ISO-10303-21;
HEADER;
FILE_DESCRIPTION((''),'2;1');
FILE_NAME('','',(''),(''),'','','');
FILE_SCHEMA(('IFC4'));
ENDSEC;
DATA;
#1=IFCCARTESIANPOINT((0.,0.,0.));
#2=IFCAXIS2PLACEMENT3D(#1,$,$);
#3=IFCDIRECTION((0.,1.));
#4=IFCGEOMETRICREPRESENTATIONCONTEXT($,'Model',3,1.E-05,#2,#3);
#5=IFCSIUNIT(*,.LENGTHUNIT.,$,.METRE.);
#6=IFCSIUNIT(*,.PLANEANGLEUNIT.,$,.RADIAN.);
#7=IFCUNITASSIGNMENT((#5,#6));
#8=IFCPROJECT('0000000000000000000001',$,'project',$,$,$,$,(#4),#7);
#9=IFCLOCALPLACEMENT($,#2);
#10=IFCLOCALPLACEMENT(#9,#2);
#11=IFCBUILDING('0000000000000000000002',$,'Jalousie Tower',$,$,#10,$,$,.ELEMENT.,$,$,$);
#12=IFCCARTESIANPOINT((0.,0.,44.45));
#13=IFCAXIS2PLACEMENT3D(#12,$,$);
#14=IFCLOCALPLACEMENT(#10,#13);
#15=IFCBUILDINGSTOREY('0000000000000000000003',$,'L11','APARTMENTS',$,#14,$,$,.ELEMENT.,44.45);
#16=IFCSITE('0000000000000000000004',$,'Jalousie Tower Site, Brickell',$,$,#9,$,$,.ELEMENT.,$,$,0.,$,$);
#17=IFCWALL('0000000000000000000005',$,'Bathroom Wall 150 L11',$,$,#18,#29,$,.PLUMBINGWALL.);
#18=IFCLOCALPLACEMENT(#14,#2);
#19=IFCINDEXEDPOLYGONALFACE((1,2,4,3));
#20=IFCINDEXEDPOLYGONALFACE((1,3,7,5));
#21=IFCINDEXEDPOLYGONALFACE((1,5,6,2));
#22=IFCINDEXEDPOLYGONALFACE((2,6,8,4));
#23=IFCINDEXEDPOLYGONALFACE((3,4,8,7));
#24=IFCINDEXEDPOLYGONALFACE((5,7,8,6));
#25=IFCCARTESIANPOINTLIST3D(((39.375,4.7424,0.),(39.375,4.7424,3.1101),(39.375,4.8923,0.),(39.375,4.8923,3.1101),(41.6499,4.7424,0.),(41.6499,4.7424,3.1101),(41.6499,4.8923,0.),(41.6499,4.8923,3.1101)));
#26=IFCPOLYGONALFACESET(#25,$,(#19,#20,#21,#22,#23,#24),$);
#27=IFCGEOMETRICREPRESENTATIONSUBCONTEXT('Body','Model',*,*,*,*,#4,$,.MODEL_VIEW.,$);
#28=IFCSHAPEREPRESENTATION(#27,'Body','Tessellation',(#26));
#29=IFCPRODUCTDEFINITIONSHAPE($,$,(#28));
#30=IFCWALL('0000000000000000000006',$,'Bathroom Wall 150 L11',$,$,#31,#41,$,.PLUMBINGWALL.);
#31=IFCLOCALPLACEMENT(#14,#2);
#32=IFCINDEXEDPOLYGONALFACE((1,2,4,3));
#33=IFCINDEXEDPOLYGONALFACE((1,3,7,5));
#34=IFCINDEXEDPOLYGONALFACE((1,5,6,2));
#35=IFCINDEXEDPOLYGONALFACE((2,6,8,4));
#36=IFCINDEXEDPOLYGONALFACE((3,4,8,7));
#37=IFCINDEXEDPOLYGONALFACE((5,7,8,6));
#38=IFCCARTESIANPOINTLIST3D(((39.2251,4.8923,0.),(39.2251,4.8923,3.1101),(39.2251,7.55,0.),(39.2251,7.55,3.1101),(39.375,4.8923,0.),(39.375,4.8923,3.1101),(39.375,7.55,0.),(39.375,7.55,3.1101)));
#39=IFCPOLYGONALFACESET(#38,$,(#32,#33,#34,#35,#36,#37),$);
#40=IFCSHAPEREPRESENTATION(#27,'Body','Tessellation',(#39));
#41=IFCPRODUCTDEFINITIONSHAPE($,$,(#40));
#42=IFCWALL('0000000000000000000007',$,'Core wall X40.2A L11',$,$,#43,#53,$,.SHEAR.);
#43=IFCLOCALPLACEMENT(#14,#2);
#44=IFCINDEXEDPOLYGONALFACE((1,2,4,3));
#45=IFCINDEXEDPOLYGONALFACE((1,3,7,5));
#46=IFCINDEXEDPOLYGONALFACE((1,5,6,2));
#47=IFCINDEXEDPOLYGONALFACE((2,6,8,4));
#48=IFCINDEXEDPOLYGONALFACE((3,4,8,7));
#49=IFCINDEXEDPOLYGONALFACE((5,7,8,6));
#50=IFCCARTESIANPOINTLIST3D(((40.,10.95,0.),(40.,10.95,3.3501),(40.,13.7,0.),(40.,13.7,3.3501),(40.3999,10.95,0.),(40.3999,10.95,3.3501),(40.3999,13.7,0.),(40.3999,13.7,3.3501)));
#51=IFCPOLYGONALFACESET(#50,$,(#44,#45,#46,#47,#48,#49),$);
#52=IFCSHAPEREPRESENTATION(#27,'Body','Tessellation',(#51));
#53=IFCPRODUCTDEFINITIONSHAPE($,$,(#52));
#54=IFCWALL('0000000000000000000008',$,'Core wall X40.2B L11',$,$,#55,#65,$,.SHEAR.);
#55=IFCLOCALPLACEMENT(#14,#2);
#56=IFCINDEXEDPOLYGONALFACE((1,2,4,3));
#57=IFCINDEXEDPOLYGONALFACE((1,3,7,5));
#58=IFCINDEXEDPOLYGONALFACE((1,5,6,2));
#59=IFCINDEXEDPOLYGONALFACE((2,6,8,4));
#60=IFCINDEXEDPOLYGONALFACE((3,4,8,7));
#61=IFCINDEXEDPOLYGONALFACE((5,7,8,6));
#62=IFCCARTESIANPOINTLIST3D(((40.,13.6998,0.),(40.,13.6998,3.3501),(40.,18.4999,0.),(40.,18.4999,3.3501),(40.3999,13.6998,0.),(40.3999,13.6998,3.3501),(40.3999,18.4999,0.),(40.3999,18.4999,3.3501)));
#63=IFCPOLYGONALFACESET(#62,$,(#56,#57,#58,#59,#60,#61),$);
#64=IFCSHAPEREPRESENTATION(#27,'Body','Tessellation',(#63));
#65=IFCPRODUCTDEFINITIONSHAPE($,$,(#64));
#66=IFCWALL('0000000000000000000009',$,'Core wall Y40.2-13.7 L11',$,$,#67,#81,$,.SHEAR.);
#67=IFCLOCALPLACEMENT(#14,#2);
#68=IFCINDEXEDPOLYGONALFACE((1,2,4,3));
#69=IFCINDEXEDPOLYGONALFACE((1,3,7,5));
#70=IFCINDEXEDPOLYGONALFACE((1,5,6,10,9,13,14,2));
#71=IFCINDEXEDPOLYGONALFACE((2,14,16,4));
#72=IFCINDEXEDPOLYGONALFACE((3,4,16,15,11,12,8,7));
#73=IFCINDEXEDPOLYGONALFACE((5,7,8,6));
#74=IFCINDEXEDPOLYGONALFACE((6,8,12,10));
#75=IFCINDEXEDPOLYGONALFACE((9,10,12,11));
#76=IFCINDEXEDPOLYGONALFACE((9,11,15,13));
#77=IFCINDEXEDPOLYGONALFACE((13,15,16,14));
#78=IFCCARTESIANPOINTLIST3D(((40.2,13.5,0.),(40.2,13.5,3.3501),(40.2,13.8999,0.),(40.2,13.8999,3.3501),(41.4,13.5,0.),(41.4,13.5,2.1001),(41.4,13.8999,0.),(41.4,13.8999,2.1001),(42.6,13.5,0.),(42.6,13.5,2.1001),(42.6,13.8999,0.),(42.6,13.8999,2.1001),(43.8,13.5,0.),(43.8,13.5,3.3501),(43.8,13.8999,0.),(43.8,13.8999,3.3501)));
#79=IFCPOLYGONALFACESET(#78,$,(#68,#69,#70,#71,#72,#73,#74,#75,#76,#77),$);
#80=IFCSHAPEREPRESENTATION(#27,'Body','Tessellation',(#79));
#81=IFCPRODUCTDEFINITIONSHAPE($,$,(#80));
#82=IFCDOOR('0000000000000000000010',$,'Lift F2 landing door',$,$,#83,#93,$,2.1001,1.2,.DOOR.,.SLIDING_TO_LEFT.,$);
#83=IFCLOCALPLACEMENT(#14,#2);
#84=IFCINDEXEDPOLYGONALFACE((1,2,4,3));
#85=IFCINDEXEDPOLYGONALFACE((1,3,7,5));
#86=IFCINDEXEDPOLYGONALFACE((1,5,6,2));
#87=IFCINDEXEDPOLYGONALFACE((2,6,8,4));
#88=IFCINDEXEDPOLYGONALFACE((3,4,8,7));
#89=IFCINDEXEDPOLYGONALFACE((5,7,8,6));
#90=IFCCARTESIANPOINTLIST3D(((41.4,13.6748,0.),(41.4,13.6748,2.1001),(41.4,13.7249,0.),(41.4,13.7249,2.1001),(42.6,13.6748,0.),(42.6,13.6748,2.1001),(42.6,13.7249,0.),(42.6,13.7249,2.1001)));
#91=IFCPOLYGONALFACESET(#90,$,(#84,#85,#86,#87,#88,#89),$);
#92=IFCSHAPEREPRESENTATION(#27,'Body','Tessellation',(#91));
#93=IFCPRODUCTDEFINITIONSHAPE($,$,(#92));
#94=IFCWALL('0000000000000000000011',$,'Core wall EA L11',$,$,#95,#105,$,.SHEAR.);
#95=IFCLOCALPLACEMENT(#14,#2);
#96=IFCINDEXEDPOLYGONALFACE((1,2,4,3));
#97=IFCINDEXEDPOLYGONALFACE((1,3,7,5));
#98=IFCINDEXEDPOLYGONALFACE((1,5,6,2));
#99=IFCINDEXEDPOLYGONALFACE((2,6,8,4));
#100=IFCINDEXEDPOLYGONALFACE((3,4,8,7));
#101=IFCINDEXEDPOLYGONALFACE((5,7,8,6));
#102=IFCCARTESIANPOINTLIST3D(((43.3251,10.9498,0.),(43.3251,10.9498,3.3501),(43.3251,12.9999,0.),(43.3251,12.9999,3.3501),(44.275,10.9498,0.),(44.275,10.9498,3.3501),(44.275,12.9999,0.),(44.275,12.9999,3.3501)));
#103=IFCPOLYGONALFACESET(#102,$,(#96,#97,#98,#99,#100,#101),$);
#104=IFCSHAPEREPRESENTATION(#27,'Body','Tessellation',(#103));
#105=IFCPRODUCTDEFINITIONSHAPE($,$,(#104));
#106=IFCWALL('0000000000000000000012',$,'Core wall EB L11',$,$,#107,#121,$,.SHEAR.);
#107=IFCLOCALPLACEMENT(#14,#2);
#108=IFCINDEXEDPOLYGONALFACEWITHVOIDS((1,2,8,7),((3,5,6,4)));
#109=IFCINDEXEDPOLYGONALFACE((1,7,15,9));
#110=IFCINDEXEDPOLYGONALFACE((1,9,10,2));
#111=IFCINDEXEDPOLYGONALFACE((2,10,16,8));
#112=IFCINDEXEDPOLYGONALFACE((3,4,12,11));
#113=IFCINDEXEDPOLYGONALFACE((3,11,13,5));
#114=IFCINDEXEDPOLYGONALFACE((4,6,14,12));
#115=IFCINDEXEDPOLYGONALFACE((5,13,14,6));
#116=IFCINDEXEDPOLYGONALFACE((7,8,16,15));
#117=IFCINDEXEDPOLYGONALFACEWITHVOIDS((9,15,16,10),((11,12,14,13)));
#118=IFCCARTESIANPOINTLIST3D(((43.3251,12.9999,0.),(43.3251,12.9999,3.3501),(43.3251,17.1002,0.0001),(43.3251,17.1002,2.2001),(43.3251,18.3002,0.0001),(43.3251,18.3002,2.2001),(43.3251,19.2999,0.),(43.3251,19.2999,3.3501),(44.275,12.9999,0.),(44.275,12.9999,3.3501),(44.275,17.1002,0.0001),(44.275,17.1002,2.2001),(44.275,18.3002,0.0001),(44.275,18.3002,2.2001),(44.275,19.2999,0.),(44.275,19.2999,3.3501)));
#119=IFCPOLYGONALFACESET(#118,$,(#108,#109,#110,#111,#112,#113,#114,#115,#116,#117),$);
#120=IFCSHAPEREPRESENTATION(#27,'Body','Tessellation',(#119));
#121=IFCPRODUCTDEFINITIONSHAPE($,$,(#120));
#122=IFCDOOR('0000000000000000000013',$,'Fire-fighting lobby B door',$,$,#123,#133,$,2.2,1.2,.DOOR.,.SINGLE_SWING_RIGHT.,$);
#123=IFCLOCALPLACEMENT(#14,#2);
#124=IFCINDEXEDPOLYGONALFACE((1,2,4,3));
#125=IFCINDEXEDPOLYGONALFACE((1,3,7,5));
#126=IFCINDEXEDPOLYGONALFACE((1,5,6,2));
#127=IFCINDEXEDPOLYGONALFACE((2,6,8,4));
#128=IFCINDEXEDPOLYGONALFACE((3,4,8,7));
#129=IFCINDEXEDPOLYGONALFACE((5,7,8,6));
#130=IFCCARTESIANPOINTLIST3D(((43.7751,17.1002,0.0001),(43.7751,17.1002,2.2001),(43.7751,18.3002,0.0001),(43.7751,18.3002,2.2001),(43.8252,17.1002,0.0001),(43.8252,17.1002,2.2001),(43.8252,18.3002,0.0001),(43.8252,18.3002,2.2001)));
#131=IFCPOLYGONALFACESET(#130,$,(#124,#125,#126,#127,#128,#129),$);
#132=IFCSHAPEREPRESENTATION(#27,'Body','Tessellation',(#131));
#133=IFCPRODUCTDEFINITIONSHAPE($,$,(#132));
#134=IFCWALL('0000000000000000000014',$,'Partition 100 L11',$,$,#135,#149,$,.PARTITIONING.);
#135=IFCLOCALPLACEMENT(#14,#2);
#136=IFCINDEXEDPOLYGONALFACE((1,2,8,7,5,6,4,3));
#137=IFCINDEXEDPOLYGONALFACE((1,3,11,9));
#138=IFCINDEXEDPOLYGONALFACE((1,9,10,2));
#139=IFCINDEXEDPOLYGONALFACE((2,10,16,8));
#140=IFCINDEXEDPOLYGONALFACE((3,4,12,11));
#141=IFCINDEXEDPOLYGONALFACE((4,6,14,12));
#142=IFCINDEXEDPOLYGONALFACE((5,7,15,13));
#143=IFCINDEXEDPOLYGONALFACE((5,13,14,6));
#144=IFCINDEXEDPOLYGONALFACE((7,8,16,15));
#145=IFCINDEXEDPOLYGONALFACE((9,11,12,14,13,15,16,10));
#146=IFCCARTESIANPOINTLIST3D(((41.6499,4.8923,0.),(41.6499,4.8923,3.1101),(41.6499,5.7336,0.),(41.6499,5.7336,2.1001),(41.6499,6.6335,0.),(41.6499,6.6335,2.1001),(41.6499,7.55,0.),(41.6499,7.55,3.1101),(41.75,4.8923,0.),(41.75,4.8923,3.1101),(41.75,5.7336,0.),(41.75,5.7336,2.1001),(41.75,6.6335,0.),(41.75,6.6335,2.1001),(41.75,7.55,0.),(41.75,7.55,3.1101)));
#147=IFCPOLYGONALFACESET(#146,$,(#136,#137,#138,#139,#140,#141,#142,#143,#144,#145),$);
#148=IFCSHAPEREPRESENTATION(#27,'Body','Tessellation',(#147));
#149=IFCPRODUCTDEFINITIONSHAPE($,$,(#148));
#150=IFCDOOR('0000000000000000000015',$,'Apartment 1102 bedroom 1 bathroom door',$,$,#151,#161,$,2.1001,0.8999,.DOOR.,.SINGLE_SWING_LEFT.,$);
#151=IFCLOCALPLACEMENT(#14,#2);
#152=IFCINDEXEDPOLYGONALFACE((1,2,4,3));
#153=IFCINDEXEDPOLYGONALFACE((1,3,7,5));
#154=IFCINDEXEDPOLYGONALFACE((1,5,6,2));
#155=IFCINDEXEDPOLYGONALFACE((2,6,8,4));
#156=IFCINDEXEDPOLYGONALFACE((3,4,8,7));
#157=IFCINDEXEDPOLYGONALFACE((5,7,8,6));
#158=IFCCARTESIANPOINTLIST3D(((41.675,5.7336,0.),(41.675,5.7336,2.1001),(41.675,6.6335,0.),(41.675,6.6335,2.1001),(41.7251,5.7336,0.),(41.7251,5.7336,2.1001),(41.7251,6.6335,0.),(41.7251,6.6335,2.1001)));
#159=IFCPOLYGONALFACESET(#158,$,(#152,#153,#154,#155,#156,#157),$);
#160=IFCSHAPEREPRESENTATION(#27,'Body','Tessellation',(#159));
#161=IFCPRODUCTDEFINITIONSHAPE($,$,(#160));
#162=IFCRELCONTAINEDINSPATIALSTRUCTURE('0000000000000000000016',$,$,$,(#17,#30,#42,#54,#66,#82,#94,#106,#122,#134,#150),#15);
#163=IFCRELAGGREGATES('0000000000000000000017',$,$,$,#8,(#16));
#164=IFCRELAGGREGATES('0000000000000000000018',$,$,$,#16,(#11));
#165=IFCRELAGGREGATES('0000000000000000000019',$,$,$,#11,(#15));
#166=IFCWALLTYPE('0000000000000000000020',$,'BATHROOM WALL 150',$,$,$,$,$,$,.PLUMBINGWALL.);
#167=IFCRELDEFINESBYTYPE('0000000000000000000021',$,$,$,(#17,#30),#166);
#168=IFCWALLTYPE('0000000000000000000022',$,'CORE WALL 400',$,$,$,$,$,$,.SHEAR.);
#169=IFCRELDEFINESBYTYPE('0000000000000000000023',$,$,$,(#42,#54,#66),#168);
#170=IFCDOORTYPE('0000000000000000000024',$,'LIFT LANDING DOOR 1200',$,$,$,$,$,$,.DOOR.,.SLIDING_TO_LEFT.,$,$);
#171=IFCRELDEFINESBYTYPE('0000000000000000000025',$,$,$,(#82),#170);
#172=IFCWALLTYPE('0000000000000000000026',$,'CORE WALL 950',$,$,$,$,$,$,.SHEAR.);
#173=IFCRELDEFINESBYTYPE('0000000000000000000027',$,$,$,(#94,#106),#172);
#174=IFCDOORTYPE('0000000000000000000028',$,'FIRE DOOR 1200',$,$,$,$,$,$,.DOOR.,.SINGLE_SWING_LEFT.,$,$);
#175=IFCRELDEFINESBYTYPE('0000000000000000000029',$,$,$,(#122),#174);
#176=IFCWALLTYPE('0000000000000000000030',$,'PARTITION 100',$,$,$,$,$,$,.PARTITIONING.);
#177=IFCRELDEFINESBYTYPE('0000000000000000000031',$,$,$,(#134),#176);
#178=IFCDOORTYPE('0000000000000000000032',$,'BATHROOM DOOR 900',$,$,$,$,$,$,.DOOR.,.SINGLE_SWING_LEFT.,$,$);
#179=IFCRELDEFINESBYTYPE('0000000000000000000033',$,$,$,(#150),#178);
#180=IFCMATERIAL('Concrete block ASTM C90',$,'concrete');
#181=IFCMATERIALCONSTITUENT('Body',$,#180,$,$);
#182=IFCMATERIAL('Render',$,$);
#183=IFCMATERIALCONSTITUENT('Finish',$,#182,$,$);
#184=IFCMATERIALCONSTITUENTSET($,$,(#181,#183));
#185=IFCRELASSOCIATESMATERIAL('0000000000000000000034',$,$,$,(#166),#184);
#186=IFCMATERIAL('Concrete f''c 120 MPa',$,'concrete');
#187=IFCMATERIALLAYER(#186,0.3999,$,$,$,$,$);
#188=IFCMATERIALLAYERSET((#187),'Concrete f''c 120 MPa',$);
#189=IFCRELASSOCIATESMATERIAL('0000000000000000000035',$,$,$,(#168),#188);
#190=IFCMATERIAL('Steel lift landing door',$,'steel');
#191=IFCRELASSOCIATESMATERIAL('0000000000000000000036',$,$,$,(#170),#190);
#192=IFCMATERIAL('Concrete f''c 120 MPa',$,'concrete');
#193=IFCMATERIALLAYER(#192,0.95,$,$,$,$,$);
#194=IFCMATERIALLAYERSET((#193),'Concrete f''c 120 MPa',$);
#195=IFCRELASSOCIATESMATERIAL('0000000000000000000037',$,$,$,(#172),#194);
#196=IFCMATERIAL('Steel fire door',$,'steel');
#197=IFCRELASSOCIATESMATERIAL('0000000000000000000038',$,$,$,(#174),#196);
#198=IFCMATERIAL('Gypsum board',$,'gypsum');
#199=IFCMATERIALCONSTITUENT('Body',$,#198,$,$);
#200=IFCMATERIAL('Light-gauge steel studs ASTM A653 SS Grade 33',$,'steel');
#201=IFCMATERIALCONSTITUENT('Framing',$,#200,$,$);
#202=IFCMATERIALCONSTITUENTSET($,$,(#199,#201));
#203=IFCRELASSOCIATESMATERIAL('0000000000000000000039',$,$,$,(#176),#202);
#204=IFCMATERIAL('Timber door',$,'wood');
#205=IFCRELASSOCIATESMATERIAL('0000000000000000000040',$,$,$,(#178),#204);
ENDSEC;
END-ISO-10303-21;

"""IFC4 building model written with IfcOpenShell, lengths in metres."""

from ifc_helpers import new_model, si_unit, direction, frame, frame_2d, origin, place, context, subcontext, project, spatial, rectangle, extrude, material, layer, layer_set, constituent, constituent_set, type_object, element, fill, save


model = new_model("IFC4")

# Units and contexts
model_context = context("Model", 3, precision=1e-05, world=origin(), true_north=direction((0.0, 1.0)))
body_context = subcontext(model_context, "Body", "Model", "MODEL_VIEW")
ifc_project = project(units=[si_unit("LENGTHUNIT", "METRE"), si_unit("PLANEANGLEUNIT", "RADIAN")], contexts=[model_context])

# Site, building, storey
site_placement = place(None, origin())
site = spatial("IfcSite", under=ifc_project, at=site_placement, Name="Jalousie Tower Site, Brickell", CompositionType="ELEMENT", RefElevation=0.0)
building_placement = place(site_placement, origin())
building = spatial("IfcBuilding", under=site, at=building_placement, Name="Jalousie Tower", CompositionType="ELEMENT")
storey_placement = place(building_placement, frame((0.0, 0.0, 44.45)))
storey = spatial("IfcBuildingStorey", under=building, at=storey_placement, Name="L11", Description="APARTMENTS", CompositionType="ELEMENT", Elevation=44.45)

# Walls
ifc_material_1 = material(Name="Concrete block ASTM C90", Category="concrete")
ifc_constituent_1 = constituent(ifc_material_1, Name="Body")
ifc_material_2 = material(Name="Render")
ifc_constituent_2 = constituent(ifc_material_2, Name="Finish")
ifc_constituent_set_1 = constituent_set(constituents=[ifc_constituent_1, ifc_constituent_2])
wall_type_1 = type_object("IfcWallType", Name="BATHROOM WALL 150", PredefinedType="PLUMBINGWALL", material=ifc_constituent_set_1)
wall_1_placement = place(storey_placement, frame((39.375, 4.8174, 0.0), z_axis=(0.0, 0.0, 1.0), x_axis=(1.0, 0.0, 0.0)))
element("IfcWall", 1, at=wall_1_placement, inside=storey, type_object=wall_type_1, Name="Bathroom Wall 150 L11", PredefinedType="PLUMBINGWALL", context=body_context, shape_type="SweptSolid", body=[
    extrude(rectangle(XDim=2.2749, YDim=0.1499, at=frame_2d((1.1375, 0.0))), origin(), (0.0, 0.0, 1.0), 3.1101),
])
wall_2_placement = place(storey_placement, frame((39.3, 4.8923, 0.0), z_axis=(0.0, 0.0, 1.0), x_axis=(0.0, 1.0, 0.0)))
element("IfcWall", 2, at=wall_2_placement, inside=storey, type_object=wall_type_1, Name="Bathroom Wall 150 L11", PredefinedType="PLUMBINGWALL", context=body_context, shape_type="SweptSolid", body=[
    extrude(rectangle(XDim=2.6577, YDim=0.1499, at=frame_2d((1.3289, 0.0))), origin(), (0.0, 0.0, 1.0), 3.1101),
])
ifc_material_3 = material(Name="Concrete f'c 120 MPa", Category="concrete")
ifc_layer_1 = layer(ifc_material_3, 0.3999)
ifc_layer_set_1 = layer_set([ifc_layer_1], Name="Concrete f'c 120 MPa")
wall_type_2 = type_object("IfcWallType", Name="CORE WALL 400", PredefinedType="SHEAR", material=ifc_layer_set_1)
wall_3_placement = place(storey_placement, frame((40.2, 10.95, 0.0), z_axis=(0.0, 0.0, 1.0), x_axis=(0.0, 1.0, 0.0)))
element("IfcWall", 3, at=wall_3_placement, inside=storey, type_object=wall_type_2, Name="Core wall X40.2A L11", PredefinedType="SHEAR", context=body_context, shape_type="SweptSolid", body=[
    extrude(rectangle(XDim=2.75, YDim=0.3999, at=frame_2d((1.375, 0.0))), origin(), (0.0, 0.0, 1.0), 3.3501),
])
wall_4_placement = place(storey_placement, frame((40.2, 13.7, 0.0), z_axis=(0.0, 0.0, 1.0), x_axis=(0.0, 1.0, 0.0)))
element("IfcWall", 4, at=wall_4_placement, inside=storey, type_object=wall_type_2, Name="Core wall X40.2B L11", PredefinedType="SHEAR", context=body_context, shape_type="SweptSolid", body=[
    extrude(rectangle(XDim=4.8, YDim=0.3999, at=frame_2d((2.3999, 0.0))), origin(), (0.0, 0.0, 1.0), 3.3501),
])

# Wall, opening, door
wall_5_placement = place(storey_placement, frame((40.2, 13.7, 0.0), z_axis=(0.0, 0.0, 1.0), x_axis=(1.0, 0.0, 0.0)))
wall_5 = element("IfcWall", 5, at=wall_5_placement, inside=storey, type_object=wall_type_2, Name="Core wall Y40.2-13.7 L11", PredefinedType="SHEAR", context=body_context, shape_type="SweptSolid", body=[
    extrude(rectangle(XDim=3.6001, YDim=0.3999, at=frame_2d((1.8, 0.0))), origin(), (0.0, 0.0, 1.0), 3.3501),
])
opening_1_placement = place(wall_5_placement, frame((1.2, 0.0, 0.0)))
opening_1 = element("IfcOpeningElement", 6, at=opening_1_placement, cuts=wall_5, PredefinedType="OPENING", context=body_context, shape_type="SweptSolid", body=[
    extrude(rectangle(XDim=1.2, YDim=2.1001, at=frame_2d((0.6001, 1.05))), frame((0.0, 0.21, 0.0), z_axis=(0.0, -1.0, 0.0), x_axis=(1.0, 0.0, 0.0)), (0.0, 0.0, 1.0), 0.4199),
])
ifc_material_4 = material(Name="Steel lift landing door", Category="steel")
door_type_1 = type_object("IfcDoorType", Name="LIFT LANDING DOOR 1200", OperationType="SLIDING_TO_LEFT", PredefinedType="DOOR", material=ifc_material_4)
door_1_placement = place(opening_1_placement, origin())
door_1 = element("IfcDoor", 7, at=door_1_placement, inside=storey, type_object=door_type_1, Name="Lift F2 landing door", OperationType="SLIDING_TO_LEFT", OverallHeight=2.1001, OverallWidth=1.2, PredefinedType="DOOR", context=body_context, shape_type="SweptSolid", body=[
    extrude(rectangle(XDim=1.2, YDim=2.1001, at=frame_2d((0.6001, 1.05))), frame((0.0, 0.0249, 0.0), z_axis=(0.0, -1.0, 0.0), x_axis=(1.0, 0.0, 0.0)), (0.0, 0.0, 1.0), 0.05),
])
fill(opening_1, door_1)

# Wall
ifc_material_5 = material(Name="Concrete f'c 120 MPa", Category="concrete")
ifc_layer_2 = layer(ifc_material_5, 0.95)
ifc_layer_set_2 = layer_set([ifc_layer_2], Name="Concrete f'c 120 MPa")
wall_type_3 = type_object("IfcWallType", Name="CORE WALL 950", PredefinedType="SHEAR", material=ifc_layer_set_2)
wall_6_placement = place(storey_placement, frame((43.8, 10.95, 0.0), z_axis=(0.0, 0.0, 1.0), x_axis=(0.0, 1.0, 0.0)))
element("IfcWall", 8, at=wall_6_placement, inside=storey, type_object=wall_type_3, Name="Core wall EA L11", PredefinedType="SHEAR", context=body_context, shape_type="SweptSolid", body=[
    extrude(rectangle(XDim=2.05, YDim=0.95, at=frame_2d((1.0249, 0.0))), origin(), (0.0, 0.0, 1.0), 3.3501),
])

# Walls, openings, doors
wall_7_placement = place(storey_placement, frame((43.8, 13.0, 0.0), z_axis=(0.0, 0.0, 1.0), x_axis=(0.0, 1.0, 0.0)))
wall_7 = element("IfcWall", 9, at=wall_7_placement, inside=storey, type_object=wall_type_3, Name="Core wall EB L11", PredefinedType="SHEAR", context=body_context, shape_type="SweptSolid", body=[
    extrude(rectangle(XDim=6.3, YDim=0.95, at=frame_2d((3.1499, 0.0))), origin(), (0.0, 0.0, 1.0), 3.3501),
])
opening_2_placement = place(wall_7_placement, frame((4.1001, 0.0, 0.0)))
opening_2 = element("IfcOpeningElement", 10, at=opening_2_placement, cuts=wall_7, PredefinedType="OPENING", context=body_context, shape_type="SweptSolid", body=[
    extrude(rectangle(XDim=1.2, YDim=2.2, at=frame_2d((0.6001, 1.1001))), frame((0.0, 0.4849, 0.0), z_axis=(0.0, -1.0, 0.0), x_axis=(1.0, 0.0, 0.0)), (0.0, 0.0, 1.0), 0.97),
])
ifc_material_6 = material(Name="Steel fire door", Category="steel")
door_type_2 = type_object("IfcDoorType", Name="FIRE DOOR 1200", OperationType="SINGLE_SWING_LEFT", PredefinedType="DOOR", material=ifc_material_6)
door_2_placement = place(opening_2_placement, origin())
door_2 = element("IfcDoor", 11, at=door_2_placement, inside=storey, type_object=door_type_2, Name="Fire-fighting lobby B door", OperationType="SINGLE_SWING_RIGHT", OverallHeight=2.2, OverallWidth=1.2, PredefinedType="DOOR", context=body_context, shape_type="SweptSolid", body=[
    extrude(rectangle(XDim=1.2, YDim=2.2, at=frame_2d((0.6001, 1.1001))), frame((0.0, 0.0249, 0.0), z_axis=(0.0, -1.0, 0.0), x_axis=(1.0, 0.0, 0.0)), (0.0, 0.0, 1.0), 0.05),
])
fill(opening_2, door_2)
ifc_material_7 = material(Name="Gypsum board", Category="gypsum")
ifc_constituent_3 = constituent(ifc_material_7, Name="Body")
ifc_material_8 = material(Name="Light-gauge steel studs ASTM A653 SS Grade 33", Category="steel")
ifc_constituent_4 = constituent(ifc_material_8, Name="Framing")
ifc_constituent_set_2 = constituent_set(constituents=[ifc_constituent_3, ifc_constituent_4])
wall_type_4 = type_object("IfcWallType", Name="PARTITION 100", PredefinedType="PARTITIONING", material=ifc_constituent_set_2)
wall_8_placement = place(storey_placement, frame((41.7, 4.8923, 0.0), z_axis=(0.0, 0.0, 1.0), x_axis=(0.0, 1.0, 0.0)))
wall_8 = element("IfcWall", 12, at=wall_8_placement, inside=storey, type_object=wall_type_4, Name="Partition 100 L11", PredefinedType="PARTITIONING", context=body_context, shape_type="SweptSolid", body=[
    extrude(rectangle(XDim=2.6577, YDim=0.1001, at=frame_2d((1.3289, 0.0))), origin(), (0.0, 0.0, 1.0), 3.1101),
])
opening_3_placement = place(wall_8_placement, frame((0.8413, 0.0, 0.0)))
opening_3 = element("IfcOpeningElement", 13, at=opening_3_placement, cuts=wall_8, PredefinedType="OPENING", context=body_context, shape_type="SweptSolid", body=[
    extrude(rectangle(XDim=0.8999, YDim=2.1001, at=frame_2d((0.45, 1.05))), frame((0.0, 0.0601, 0.0), z_axis=(0.0, -1.0, 0.0), x_axis=(1.0, 0.0, 0.0)), (0.0, 0.0, 1.0), 0.1201),
])
ifc_material_9 = material(Name="Timber door", Category="wood")
door_type_3 = type_object("IfcDoorType", Name="BATHROOM DOOR 900", OperationType="SINGLE_SWING_LEFT", PredefinedType="DOOR", material=ifc_material_9)
door_3_placement = place(opening_3_placement, origin())
door_3 = element("IfcDoor", 14, at=door_3_placement, inside=storey, type_object=door_type_3, Name="Apartment 1102 bedroom 1 bathroom door", OperationType="SINGLE_SWING_LEFT", OverallHeight=2.1001, OverallWidth=0.8999, PredefinedType="DOOR", context=body_context, shape_type="SweptSolid", body=[
    extrude(rectangle(XDim=0.8999, YDim=2.1001, at=frame_2d((0.45, 1.05))), frame((0.0, 0.0249, 0.0), z_axis=(0.0, -1.0, 0.0), x_axis=(1.0, 0.0, 0.0)), (0.0, 0.0, 1.0), 0.05),
])
fill(opening_3, door_3)

save(model, "model.ifc")
